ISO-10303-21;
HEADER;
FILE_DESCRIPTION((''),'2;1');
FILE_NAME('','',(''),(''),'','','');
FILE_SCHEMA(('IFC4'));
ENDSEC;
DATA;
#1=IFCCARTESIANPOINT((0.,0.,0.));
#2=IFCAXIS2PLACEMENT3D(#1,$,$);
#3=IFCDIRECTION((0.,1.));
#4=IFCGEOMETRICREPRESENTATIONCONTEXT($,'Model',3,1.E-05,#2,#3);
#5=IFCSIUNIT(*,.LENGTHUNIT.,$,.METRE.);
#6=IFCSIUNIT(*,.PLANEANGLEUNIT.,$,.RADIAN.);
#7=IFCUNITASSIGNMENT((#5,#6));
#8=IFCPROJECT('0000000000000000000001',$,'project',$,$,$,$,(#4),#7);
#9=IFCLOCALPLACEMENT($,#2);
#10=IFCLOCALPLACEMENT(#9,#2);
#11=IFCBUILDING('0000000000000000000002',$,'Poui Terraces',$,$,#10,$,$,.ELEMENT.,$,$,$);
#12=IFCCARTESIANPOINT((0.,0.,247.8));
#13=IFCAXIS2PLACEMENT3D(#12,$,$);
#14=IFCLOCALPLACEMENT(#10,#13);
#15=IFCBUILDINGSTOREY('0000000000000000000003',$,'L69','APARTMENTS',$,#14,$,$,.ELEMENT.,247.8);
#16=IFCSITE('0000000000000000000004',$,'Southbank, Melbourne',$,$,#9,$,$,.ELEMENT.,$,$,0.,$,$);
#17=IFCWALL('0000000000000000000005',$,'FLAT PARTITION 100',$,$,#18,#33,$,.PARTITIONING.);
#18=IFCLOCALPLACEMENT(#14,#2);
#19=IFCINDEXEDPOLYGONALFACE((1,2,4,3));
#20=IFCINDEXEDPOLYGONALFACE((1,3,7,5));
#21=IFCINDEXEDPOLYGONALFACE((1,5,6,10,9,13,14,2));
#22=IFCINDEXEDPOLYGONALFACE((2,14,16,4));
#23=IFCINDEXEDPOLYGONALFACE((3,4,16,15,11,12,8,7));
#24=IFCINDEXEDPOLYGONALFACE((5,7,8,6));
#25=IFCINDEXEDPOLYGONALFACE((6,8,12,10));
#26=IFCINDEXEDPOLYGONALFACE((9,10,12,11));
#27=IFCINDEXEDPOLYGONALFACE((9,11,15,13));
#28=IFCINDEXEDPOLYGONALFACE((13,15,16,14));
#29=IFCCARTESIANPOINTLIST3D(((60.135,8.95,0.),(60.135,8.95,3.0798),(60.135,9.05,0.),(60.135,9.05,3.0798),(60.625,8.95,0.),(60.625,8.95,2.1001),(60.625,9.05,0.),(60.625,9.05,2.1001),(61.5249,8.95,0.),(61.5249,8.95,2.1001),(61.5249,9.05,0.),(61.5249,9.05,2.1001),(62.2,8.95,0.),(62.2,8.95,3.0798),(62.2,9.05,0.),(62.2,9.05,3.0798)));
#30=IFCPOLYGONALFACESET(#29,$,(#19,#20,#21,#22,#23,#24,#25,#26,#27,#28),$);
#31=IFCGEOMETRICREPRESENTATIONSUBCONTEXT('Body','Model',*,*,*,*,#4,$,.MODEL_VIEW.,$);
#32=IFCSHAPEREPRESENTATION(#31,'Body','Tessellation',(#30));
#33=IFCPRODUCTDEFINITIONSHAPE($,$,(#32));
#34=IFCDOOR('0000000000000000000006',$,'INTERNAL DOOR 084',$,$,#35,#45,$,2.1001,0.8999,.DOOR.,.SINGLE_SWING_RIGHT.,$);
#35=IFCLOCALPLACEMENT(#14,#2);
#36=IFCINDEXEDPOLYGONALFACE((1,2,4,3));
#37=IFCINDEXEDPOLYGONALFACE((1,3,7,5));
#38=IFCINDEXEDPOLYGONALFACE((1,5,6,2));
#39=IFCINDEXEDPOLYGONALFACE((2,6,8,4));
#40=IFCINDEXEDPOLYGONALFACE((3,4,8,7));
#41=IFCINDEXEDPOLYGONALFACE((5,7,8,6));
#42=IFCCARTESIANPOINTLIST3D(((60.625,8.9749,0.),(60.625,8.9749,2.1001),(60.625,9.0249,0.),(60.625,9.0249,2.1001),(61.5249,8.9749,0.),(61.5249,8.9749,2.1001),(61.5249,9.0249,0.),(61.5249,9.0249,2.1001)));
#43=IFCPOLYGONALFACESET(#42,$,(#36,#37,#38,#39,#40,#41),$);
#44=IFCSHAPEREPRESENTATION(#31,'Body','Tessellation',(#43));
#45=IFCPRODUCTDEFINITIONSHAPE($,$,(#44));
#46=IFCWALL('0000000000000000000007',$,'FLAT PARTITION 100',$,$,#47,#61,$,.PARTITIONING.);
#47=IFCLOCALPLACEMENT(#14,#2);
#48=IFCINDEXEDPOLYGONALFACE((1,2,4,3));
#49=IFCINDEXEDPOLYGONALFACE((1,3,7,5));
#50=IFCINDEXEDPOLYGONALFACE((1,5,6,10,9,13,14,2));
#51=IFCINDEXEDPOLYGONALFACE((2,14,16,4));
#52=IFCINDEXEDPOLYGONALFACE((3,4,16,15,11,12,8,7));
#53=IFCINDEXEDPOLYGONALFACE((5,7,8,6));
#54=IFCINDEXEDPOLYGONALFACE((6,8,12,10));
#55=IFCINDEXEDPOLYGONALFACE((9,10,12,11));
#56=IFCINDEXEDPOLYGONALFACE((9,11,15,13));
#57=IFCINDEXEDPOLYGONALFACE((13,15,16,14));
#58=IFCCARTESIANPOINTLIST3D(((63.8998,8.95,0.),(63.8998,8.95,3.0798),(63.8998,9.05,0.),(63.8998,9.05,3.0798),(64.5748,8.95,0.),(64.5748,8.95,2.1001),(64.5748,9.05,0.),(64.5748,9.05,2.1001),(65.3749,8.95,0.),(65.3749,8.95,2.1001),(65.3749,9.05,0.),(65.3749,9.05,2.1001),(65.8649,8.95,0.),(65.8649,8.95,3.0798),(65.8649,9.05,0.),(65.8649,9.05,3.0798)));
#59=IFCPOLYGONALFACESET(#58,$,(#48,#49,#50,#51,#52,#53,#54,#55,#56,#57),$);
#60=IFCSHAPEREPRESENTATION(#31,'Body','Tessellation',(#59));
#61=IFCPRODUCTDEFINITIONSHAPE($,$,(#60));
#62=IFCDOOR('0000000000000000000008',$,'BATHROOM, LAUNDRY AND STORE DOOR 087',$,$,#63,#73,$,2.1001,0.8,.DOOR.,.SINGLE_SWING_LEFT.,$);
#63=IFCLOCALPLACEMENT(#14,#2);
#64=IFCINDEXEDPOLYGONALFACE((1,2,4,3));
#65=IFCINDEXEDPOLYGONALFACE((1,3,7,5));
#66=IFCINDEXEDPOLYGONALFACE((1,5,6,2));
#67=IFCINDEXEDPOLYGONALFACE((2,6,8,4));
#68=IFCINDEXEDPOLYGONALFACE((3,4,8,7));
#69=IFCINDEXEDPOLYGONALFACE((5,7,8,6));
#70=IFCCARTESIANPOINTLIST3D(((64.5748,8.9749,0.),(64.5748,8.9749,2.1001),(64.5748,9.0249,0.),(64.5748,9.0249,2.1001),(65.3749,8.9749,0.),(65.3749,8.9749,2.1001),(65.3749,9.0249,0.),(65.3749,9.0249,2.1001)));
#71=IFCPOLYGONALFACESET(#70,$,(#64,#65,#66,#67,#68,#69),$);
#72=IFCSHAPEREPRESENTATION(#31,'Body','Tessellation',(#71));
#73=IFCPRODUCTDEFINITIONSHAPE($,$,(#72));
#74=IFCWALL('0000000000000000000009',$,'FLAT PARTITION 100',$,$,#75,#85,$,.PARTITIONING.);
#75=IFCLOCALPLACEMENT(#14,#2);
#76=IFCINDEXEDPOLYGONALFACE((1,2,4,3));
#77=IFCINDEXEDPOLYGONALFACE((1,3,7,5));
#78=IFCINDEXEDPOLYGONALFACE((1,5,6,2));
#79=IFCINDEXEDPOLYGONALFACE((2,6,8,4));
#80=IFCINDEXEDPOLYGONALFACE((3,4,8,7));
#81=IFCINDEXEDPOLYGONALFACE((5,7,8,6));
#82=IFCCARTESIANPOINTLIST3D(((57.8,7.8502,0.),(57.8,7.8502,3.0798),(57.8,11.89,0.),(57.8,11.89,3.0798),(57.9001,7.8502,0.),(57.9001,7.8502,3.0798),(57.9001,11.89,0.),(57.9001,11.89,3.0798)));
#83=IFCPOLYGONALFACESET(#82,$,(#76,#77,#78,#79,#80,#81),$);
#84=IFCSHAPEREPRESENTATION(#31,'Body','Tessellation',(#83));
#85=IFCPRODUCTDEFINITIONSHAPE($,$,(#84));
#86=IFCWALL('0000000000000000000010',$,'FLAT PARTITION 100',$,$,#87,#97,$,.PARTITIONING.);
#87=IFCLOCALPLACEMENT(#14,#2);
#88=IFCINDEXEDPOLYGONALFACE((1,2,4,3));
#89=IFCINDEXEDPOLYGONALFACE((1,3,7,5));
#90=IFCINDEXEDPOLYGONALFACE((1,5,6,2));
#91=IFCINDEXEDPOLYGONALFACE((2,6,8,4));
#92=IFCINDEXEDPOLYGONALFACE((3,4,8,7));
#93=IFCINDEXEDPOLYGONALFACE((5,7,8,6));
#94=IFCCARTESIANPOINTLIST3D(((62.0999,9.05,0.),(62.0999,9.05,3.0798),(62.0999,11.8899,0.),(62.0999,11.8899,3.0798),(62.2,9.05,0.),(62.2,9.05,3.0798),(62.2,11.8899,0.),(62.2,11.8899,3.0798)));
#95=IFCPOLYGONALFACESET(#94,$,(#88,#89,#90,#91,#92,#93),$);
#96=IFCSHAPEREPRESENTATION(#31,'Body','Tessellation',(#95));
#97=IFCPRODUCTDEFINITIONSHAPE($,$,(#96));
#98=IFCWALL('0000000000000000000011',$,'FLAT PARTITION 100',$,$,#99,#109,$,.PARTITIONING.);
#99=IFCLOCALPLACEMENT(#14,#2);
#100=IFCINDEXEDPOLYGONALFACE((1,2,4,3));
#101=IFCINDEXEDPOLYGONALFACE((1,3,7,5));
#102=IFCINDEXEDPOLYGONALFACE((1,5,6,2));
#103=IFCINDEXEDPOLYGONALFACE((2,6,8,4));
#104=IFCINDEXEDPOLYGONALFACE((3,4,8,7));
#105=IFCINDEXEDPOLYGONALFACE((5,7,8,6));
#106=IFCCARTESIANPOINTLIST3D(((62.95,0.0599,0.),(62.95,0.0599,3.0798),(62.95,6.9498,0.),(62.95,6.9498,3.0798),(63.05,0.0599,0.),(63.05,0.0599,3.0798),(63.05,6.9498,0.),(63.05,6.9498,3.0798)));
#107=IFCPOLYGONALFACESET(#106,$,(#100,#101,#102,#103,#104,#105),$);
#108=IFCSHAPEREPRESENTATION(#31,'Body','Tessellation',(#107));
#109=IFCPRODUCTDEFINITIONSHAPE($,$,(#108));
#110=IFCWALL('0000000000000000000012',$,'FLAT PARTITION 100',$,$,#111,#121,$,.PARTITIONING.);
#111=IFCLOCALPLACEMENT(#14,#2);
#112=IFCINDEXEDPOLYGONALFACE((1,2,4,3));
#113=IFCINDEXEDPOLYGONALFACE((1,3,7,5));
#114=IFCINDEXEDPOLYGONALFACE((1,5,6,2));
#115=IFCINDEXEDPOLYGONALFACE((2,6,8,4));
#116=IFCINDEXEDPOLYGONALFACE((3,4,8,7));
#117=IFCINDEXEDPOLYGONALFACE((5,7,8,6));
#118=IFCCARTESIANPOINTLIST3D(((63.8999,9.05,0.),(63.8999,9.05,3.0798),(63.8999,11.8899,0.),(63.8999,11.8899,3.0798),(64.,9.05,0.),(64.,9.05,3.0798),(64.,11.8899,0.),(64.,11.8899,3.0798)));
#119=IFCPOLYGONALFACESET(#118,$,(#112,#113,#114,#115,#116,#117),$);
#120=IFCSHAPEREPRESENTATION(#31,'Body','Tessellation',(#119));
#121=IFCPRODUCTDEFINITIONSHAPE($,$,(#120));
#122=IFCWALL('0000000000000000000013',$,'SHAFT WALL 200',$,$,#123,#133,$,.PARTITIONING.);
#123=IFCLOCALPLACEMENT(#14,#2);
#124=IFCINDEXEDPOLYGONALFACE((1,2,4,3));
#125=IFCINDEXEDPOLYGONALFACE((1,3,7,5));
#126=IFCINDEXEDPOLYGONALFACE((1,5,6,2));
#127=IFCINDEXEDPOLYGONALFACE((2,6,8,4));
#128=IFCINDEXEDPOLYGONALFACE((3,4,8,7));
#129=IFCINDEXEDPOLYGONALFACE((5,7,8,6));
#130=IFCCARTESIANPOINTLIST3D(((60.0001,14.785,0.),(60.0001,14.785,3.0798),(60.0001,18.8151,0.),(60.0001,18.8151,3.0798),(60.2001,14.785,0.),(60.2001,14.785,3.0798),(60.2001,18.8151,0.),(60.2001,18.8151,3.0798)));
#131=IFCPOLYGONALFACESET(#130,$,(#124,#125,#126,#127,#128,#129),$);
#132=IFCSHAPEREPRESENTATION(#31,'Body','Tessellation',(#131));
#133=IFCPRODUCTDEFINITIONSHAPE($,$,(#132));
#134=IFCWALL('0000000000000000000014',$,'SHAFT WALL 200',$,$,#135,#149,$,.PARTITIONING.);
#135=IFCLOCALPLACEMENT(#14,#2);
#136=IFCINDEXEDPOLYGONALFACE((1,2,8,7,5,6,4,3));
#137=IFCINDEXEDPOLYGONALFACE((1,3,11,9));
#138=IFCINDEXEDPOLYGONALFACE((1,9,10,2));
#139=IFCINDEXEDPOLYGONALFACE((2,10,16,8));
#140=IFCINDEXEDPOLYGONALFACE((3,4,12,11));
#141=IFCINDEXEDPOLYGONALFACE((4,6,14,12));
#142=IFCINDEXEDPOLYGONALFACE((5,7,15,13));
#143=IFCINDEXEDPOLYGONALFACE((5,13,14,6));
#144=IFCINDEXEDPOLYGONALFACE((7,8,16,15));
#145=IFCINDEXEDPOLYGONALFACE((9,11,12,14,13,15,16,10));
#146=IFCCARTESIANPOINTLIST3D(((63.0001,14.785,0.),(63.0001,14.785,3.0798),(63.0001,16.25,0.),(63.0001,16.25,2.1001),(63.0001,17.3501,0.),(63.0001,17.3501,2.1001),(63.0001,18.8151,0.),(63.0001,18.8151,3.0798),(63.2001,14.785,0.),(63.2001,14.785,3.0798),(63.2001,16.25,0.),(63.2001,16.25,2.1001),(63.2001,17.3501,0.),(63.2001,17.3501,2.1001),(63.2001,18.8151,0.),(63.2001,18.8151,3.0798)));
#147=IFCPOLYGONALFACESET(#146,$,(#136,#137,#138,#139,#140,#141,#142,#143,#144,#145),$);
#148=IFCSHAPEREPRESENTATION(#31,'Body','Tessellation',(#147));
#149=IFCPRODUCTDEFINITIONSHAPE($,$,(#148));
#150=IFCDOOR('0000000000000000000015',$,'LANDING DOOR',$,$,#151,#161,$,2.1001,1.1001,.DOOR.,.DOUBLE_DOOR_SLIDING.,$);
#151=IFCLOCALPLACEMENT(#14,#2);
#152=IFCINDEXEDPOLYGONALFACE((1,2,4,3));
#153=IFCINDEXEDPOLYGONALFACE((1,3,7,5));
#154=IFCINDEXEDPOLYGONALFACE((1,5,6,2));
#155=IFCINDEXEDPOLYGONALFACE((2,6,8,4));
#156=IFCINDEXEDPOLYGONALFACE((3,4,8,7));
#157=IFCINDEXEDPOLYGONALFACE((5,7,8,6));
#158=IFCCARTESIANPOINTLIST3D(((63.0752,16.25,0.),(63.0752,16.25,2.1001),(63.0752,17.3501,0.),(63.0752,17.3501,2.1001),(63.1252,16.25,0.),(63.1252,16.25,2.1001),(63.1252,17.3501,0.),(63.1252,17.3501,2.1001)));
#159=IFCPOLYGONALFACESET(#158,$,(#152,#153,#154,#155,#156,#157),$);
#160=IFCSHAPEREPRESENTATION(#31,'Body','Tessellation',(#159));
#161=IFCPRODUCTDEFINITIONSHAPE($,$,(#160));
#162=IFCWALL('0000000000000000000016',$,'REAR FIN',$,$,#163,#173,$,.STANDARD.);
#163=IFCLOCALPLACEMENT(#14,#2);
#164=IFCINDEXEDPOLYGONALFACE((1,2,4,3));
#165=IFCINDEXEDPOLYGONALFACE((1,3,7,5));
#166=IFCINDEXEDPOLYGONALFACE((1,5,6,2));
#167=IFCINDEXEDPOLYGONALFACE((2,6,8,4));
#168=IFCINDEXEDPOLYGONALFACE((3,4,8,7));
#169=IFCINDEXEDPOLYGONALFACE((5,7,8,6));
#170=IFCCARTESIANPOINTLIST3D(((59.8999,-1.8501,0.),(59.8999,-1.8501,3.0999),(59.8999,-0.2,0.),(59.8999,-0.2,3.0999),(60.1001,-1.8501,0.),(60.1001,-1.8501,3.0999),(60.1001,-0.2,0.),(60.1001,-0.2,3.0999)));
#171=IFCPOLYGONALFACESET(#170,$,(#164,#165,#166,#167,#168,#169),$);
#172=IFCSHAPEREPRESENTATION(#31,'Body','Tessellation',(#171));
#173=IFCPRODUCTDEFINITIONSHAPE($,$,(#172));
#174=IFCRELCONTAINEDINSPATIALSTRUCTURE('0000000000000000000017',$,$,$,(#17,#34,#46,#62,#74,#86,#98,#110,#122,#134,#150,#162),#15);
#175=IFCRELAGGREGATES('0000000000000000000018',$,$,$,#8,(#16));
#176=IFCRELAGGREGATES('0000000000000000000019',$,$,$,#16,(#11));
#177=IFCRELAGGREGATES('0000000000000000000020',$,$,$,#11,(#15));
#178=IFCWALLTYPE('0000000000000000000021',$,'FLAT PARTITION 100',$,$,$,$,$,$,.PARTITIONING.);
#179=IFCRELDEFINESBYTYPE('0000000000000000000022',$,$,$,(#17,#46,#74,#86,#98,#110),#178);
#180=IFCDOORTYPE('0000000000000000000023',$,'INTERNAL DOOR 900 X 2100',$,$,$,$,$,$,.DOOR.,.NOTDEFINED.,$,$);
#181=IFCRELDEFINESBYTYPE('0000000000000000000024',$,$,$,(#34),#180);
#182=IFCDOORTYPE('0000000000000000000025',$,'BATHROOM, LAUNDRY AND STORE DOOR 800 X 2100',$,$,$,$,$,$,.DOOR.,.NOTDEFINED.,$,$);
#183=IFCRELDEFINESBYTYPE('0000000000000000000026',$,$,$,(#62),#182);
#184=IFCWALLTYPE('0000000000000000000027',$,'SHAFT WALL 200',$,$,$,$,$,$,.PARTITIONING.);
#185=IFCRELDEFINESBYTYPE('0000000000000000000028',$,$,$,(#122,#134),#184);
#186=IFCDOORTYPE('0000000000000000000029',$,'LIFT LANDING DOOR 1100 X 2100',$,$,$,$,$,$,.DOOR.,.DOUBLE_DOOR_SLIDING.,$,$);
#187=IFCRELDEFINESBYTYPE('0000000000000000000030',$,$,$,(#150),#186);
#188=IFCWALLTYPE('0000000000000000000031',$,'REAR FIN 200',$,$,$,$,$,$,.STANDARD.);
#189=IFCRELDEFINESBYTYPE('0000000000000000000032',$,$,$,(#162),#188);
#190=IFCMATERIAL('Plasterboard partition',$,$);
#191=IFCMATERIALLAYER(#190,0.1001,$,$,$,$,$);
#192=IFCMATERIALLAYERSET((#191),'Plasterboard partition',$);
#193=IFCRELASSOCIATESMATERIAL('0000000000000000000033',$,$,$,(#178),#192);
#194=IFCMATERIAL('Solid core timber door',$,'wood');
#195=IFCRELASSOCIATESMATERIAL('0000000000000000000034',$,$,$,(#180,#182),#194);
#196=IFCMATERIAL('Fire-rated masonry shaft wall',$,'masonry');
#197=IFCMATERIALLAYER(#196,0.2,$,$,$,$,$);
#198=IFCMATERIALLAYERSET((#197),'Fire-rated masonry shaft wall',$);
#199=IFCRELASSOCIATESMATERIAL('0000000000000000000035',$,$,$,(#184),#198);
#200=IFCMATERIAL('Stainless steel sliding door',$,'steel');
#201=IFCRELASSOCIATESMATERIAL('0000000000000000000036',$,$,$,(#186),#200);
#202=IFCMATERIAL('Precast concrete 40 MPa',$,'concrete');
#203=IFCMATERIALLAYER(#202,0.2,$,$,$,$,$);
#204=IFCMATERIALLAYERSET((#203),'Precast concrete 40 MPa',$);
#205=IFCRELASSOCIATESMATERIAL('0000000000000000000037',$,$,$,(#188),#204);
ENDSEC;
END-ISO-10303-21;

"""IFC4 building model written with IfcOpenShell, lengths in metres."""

from ifc_helpers import new_model, si_unit, direction, frame, frame_2d, origin, place, context, subcontext, project, spatial, polyline, rectangle, outline, extrude, source, transform, mapped, material, layer, layer_set, type_object, element, fill, save


model = new_model("IFC4")

# Units and contexts
model_context = context("Model", 3, precision=1e-05, world=origin(), true_north=direction((0.0, 1.0)))
body_context = subcontext(model_context, "Body", "Model", "MODEL_VIEW")
ifc_project = project(units=[si_unit("LENGTHUNIT", "METRE"), si_unit("PLANEANGLEUNIT", "RADIAN")], contexts=[model_context])

# Site, building, storey
site_placement = place(None, origin())
site = spatial("IfcSite", under=ifc_project, at=site_placement, Name="Southbank, Melbourne", CompositionType="ELEMENT", RefElevation=0.0)
building_placement = place(site_placement, origin())
building = spatial("IfcBuilding", under=site, at=building_placement, Name="Poui Terraces", CompositionType="ELEMENT")
storey_placement = place(building_placement, frame((0.0, 0.0, 247.8)))
storey = spatial("IfcBuildingStorey", under=building, at=storey_placement, Name="L69", Description="APARTMENTS", CompositionType="ELEMENT", Elevation=247.8)

# Shared definitions
ifc_material_1 = material(Name="Precast concrete 40 MPa", Category="concrete")

# Walls, openings, doors
ifc_material_2 = material(Name="Plasterboard partition")
ifc_layer_1 = layer(ifc_material_2, 0.1001)
ifc_layer_set_1 = layer_set([ifc_layer_1], Name="Plasterboard partition")
wall_type_1 = type_object("IfcWallType", Name="FLAT PARTITION 100", PredefinedType="PARTITIONING", material=ifc_layer_set_1)
ifc_material_3 = material(Name="Solid core timber door", Category="wood")
door_type_1 = type_object("IfcDoorType", Name="INTERNAL DOOR 900 X 2100", OperationType="NOTDEFINED", PredefinedType="DOOR", material=ifc_material_3)
wall_1_placement = place(storey_placement, frame((60.135, 9.0, 0.0), z_axis=(0.0, 0.0, 1.0), x_axis=(1.0, 0.0, 0.0)))
wall_1 = element("IfcWall", 1, at=wall_1_placement, inside=storey, type_object=wall_type_1, Name="FLAT PARTITION 100", PredefinedType="PARTITIONING", context=body_context, shape_type="SweptSolid", body=[
    extrude(rectangle(XDim=2.0649, YDim=0.1001, at=frame_2d((1.0325, 0.0))), origin(), (0.0, 0.0, 1.0), 3.0798),
])
opening_1_placement = place(wall_1_placement, frame((0.49, 0.0, 0.0)))
opening_1 = element("IfcOpeningElement", 2, at=opening_1_placement, cuts=wall_1, PredefinedType="OPENING", context=body_context, shape_type="SweptSolid", body=[
    extrude(rectangle(XDim=0.8999, YDim=2.1001, at=frame_2d((0.45, 1.05))), frame((0.0, 0.0601, 0.0), z_axis=(0.0, -1.0, 0.0), x_axis=(1.0, 0.0, 0.0)), (0.0, 0.0, 1.0), 0.1201),
])
door_1_placement = place(opening_1_placement, origin())
door_1 = element("IfcDoor", 3, at=door_1_placement, inside=storey, type_object=door_type_1, Name="INTERNAL DOOR 084", OperationType="SINGLE_SWING_RIGHT", OverallHeight=2.1001, OverallWidth=0.8999, PredefinedType="DOOR", context=body_context, shape_type="SweptSolid", body=[
    extrude(rectangle(XDim=0.8999, YDim=2.1001, at=frame_2d((0.45, 1.05))), frame((0.0, 0.0249, 0.0), z_axis=(0.0, -1.0, 0.0), x_axis=(1.0, 0.0, 0.0)), (0.0, 0.0, 1.0), 0.05),
])
fill(opening_1, door_1)
wall_2_placement = place(storey_placement, frame((63.8999, 9.0, 0.0), z_axis=(0.0, 0.0, 1.0), x_axis=(1.0, 0.0, 0.0)))
wall_2 = element("IfcWall", 4, at=wall_2_placement, inside=storey, type_object=wall_type_1, Name="FLAT PARTITION 100", PredefinedType="PARTITIONING", context=body_context, shape_type="SweptSolid", body=[
    extrude(rectangle(XDim=1.9651, YDim=0.1001, at=frame_2d((0.9824, 0.0))), origin(), (0.0, 0.0, 1.0), 3.0798),
])
opening_2_placement = place(wall_2_placement, frame((0.675, 0.0, 0.0)))
opening_2 = element("IfcOpeningElement", 5, at=opening_2_placement, cuts=wall_2, PredefinedType="OPENING", context=body_context, shape_type="SweptSolid", body=[
    extrude(rectangle(XDim=0.8, YDim=2.1001, at=frame_2d((0.3999, 1.05))), frame((0.0, 0.0601, 0.0), z_axis=(0.0, -1.0, 0.0), x_axis=(1.0, 0.0, 0.0)), (0.0, 0.0, 1.0), 0.1201),
])
door_type_2 = type_object("IfcDoorType", Name="BATHROOM, LAUNDRY AND STORE DOOR 800 X 2100", OperationType="NOTDEFINED", PredefinedType="DOOR", material=ifc_material_3)
door_2_placement = place(opening_2_placement, origin())
door_2 = element("IfcDoor", 6, at=door_2_placement, inside=storey, type_object=door_type_2, Name="BATHROOM, LAUNDRY AND STORE DOOR 087", OperationType="SINGLE_SWING_LEFT", OverallHeight=2.1001, OverallWidth=0.8, PredefinedType="DOOR", context=body_context, shape_type="SweptSolid", body=[
    extrude(rectangle(XDim=0.8, YDim=2.1001, at=frame_2d((0.3999, 1.05))), frame((0.0, 0.0249, 0.0), z_axis=(0.0, -1.0, 0.0), x_axis=(1.0, 0.0, 0.0)), (0.0, 0.0, 1.0), 0.05),
])
fill(opening_2, door_2)

# Walls
wall_3_placement = place(storey_placement, frame((57.8501, 7.8501, 0.0), z_axis=(0.0, 0.0, 1.0), x_axis=(0.0, 1.0, 0.0)))
element("IfcWall", 7, at=wall_3_placement, inside=storey, type_object=wall_type_1, Name="FLAT PARTITION 100", PredefinedType="PARTITIONING", context=body_context, shape_type="SweptSolid", body=[
    extrude(rectangle(XDim=4.0398, YDim=0.1001, at=frame_2d((2.02, 0.0))), origin(), (0.0, 0.0, 1.0), 3.0798),
])
wall_4_placement = place(storey_placement, frame((62.1499, 9.05, 0.0), z_axis=(0.0, 0.0, 1.0), x_axis=(0.0, 1.0, 0.0)))
element("IfcWall", 8, at=wall_4_placement, inside=storey, type_object=wall_type_1, Name="FLAT PARTITION 100", PredefinedType="PARTITIONING", context=body_context, shape_type="SweptSolid", body=[
    extrude(rectangle(XDim=2.8398, YDim=0.1001, at=frame_2d((1.4199, 0.0))), origin(), (0.0, 0.0, 1.0), 3.0798),
])
wall_5_placement = place(storey_placement, frame((63.0, 0.0601, 0.0), z_axis=(0.0, 0.0, 1.0), x_axis=(0.0, 1.0, 0.0)))
element("IfcWall", 9, at=wall_5_placement, inside=storey, type_object=wall_type_1, Name="FLAT PARTITION 100", PredefinedType="PARTITIONING", context=body_context, shape_type="SweptSolid", body=[
    extrude(rectangle(XDim=6.8899, YDim=0.1001, at=frame_2d((3.4448, 0.0))), origin(), (0.0, 0.0, 1.0), 3.0798),
])
wall_6_placement = place(storey_placement, frame((63.95, 9.05, 0.0), z_axis=(0.0, 0.0, 1.0), x_axis=(0.0, 1.0, 0.0)))
element("IfcWall", 10, at=wall_6_placement, inside=storey, type_object=wall_type_1, Name="FLAT PARTITION 100", PredefinedType="PARTITIONING", context=body_context, shape_type="SweptSolid", body=[
    extrude(rectangle(XDim=2.8398, YDim=0.1001, at=frame_2d((1.4199, 0.0))), origin(), (0.0, 0.0, 1.0), 3.0798),
])
ifc_material_4 = material(Name="Fire-rated masonry shaft wall", Category="masonry")
ifc_layer_2 = layer(ifc_material_4, 0.2)
ifc_layer_set_2 = layer_set([ifc_layer_2], Name="Fire-rated masonry shaft wall")
wall_type_2 = type_object("IfcWallType", Name="SHAFT WALL 200", PredefinedType="PARTITIONING", material=ifc_layer_set_2)
wall_7_placement = place(storey_placement, frame((60.1001, 14.7849, 0.0), z_axis=(0.0, 0.0, 1.0), x_axis=(0.0, 1.0, 0.0)))
element("IfcWall", 11, at=wall_7_placement, inside=storey, type_object=wall_type_2, Name="SHAFT WALL 200", PredefinedType="PARTITIONING", context=body_context, shape_type="SweptSolid", body=[
    extrude(rectangle(XDim=4.03, YDim=0.2, at=frame_2d((2.0151, 0.0))), origin(), (0.0, 0.0, 1.0), 3.0798),
])

# Wall, opening, door
wall_8_placement = place(storey_placement, frame((63.1001, 14.7849, 0.0), z_axis=(0.0, 0.0, 1.0), x_axis=(0.0, 1.0, 0.0)))
wall_8 = element("IfcWall", 12, at=wall_8_placement, inside=storey, type_object=wall_type_2, Name="SHAFT WALL 200", PredefinedType="PARTITIONING", context=body_context, shape_type="SweptSolid", body=[
    extrude(rectangle(XDim=4.03, YDim=0.2, at=frame_2d((2.0151, 0.0))), origin(), (0.0, 0.0, 1.0), 3.0798),
])
opening_3_placement = place(wall_8_placement, frame((1.4651, 0.0, 0.0)))
opening_3 = element("IfcOpeningElement", 13, at=opening_3_placement, cuts=wall_8, PredefinedType="OPENING", context=body_context, shape_type="SweptSolid", body=[
    extrude(rectangle(XDim=1.1001, YDim=2.1001, at=frame_2d((0.55, 1.05))), frame((0.0, 0.1099, 0.0), z_axis=(0.0, -1.0, 0.0), x_axis=(1.0, 0.0, 0.0)), (0.0, 0.0, 1.0), 0.22),
])
ifc_material_5 = material(Name="Stainless steel sliding door", Category="steel")
door_type_3 = type_object("IfcDoorType", Name="LIFT LANDING DOOR 1100 X 2100", OperationType="DOUBLE_DOOR_SLIDING", PredefinedType="DOOR", material=ifc_material_5)
door_3_placement = place(opening_3_placement, origin())
door_3 = element("IfcDoor", 14, at=door_3_placement, inside=storey, type_object=door_type_3, Name="LANDING DOOR", OperationType="DOUBLE_DOOR_SLIDING", OverallHeight=2.1001, OverallWidth=1.1001, PredefinedType="DOOR", context=body_context, shape_type="SweptSolid", body=[
    extrude(rectangle(XDim=1.1001, YDim=2.1001, at=frame_2d((0.55, 1.05))), frame((0.0, 0.0249, 0.0), z_axis=(0.0, -1.0, 0.0), x_axis=(1.0, 0.0, 0.0)), (0.0, 0.0, 1.0), 0.05),
])
fill(opening_3, door_3)

# Wall
ifc_layer_3 = layer(ifc_material_1, 0.2)
ifc_layer_set_3 = layer_set([ifc_layer_3], Name="Precast concrete 40 MPa")
wall_type_3 = type_object("IfcWallType", Name="REAR FIN 200", PredefinedType="STANDARD", material=ifc_layer_set_3)
shared_shape_1 = source(origin(), body_context, "Body", "SweptSolid", [
    extrude(outline(polyline([(0.0, 0.0), (0.2002, 0.0), (0.2002, 1.6501), (0.0, 1.6501), (0.0, 0.0)])), origin(), (0.0, 0.0, 1.0), 3.0999),
])
for number, where, name in (
    (15, (59.8999, -1.8501, 0.0), "REAR FIN"),
):
    element("IfcWall", number, at=place(storey_placement, frame(where)), inside=storey, type_object=wall_type_3, Name=name, PredefinedType="STANDARD", context=body_context, shape_type="MappedRepresentation", body=[
        mapped(shared_shape_1, transform((0.0, 0.0, 0.0))),
    ])

save(model, "model.ifc")
